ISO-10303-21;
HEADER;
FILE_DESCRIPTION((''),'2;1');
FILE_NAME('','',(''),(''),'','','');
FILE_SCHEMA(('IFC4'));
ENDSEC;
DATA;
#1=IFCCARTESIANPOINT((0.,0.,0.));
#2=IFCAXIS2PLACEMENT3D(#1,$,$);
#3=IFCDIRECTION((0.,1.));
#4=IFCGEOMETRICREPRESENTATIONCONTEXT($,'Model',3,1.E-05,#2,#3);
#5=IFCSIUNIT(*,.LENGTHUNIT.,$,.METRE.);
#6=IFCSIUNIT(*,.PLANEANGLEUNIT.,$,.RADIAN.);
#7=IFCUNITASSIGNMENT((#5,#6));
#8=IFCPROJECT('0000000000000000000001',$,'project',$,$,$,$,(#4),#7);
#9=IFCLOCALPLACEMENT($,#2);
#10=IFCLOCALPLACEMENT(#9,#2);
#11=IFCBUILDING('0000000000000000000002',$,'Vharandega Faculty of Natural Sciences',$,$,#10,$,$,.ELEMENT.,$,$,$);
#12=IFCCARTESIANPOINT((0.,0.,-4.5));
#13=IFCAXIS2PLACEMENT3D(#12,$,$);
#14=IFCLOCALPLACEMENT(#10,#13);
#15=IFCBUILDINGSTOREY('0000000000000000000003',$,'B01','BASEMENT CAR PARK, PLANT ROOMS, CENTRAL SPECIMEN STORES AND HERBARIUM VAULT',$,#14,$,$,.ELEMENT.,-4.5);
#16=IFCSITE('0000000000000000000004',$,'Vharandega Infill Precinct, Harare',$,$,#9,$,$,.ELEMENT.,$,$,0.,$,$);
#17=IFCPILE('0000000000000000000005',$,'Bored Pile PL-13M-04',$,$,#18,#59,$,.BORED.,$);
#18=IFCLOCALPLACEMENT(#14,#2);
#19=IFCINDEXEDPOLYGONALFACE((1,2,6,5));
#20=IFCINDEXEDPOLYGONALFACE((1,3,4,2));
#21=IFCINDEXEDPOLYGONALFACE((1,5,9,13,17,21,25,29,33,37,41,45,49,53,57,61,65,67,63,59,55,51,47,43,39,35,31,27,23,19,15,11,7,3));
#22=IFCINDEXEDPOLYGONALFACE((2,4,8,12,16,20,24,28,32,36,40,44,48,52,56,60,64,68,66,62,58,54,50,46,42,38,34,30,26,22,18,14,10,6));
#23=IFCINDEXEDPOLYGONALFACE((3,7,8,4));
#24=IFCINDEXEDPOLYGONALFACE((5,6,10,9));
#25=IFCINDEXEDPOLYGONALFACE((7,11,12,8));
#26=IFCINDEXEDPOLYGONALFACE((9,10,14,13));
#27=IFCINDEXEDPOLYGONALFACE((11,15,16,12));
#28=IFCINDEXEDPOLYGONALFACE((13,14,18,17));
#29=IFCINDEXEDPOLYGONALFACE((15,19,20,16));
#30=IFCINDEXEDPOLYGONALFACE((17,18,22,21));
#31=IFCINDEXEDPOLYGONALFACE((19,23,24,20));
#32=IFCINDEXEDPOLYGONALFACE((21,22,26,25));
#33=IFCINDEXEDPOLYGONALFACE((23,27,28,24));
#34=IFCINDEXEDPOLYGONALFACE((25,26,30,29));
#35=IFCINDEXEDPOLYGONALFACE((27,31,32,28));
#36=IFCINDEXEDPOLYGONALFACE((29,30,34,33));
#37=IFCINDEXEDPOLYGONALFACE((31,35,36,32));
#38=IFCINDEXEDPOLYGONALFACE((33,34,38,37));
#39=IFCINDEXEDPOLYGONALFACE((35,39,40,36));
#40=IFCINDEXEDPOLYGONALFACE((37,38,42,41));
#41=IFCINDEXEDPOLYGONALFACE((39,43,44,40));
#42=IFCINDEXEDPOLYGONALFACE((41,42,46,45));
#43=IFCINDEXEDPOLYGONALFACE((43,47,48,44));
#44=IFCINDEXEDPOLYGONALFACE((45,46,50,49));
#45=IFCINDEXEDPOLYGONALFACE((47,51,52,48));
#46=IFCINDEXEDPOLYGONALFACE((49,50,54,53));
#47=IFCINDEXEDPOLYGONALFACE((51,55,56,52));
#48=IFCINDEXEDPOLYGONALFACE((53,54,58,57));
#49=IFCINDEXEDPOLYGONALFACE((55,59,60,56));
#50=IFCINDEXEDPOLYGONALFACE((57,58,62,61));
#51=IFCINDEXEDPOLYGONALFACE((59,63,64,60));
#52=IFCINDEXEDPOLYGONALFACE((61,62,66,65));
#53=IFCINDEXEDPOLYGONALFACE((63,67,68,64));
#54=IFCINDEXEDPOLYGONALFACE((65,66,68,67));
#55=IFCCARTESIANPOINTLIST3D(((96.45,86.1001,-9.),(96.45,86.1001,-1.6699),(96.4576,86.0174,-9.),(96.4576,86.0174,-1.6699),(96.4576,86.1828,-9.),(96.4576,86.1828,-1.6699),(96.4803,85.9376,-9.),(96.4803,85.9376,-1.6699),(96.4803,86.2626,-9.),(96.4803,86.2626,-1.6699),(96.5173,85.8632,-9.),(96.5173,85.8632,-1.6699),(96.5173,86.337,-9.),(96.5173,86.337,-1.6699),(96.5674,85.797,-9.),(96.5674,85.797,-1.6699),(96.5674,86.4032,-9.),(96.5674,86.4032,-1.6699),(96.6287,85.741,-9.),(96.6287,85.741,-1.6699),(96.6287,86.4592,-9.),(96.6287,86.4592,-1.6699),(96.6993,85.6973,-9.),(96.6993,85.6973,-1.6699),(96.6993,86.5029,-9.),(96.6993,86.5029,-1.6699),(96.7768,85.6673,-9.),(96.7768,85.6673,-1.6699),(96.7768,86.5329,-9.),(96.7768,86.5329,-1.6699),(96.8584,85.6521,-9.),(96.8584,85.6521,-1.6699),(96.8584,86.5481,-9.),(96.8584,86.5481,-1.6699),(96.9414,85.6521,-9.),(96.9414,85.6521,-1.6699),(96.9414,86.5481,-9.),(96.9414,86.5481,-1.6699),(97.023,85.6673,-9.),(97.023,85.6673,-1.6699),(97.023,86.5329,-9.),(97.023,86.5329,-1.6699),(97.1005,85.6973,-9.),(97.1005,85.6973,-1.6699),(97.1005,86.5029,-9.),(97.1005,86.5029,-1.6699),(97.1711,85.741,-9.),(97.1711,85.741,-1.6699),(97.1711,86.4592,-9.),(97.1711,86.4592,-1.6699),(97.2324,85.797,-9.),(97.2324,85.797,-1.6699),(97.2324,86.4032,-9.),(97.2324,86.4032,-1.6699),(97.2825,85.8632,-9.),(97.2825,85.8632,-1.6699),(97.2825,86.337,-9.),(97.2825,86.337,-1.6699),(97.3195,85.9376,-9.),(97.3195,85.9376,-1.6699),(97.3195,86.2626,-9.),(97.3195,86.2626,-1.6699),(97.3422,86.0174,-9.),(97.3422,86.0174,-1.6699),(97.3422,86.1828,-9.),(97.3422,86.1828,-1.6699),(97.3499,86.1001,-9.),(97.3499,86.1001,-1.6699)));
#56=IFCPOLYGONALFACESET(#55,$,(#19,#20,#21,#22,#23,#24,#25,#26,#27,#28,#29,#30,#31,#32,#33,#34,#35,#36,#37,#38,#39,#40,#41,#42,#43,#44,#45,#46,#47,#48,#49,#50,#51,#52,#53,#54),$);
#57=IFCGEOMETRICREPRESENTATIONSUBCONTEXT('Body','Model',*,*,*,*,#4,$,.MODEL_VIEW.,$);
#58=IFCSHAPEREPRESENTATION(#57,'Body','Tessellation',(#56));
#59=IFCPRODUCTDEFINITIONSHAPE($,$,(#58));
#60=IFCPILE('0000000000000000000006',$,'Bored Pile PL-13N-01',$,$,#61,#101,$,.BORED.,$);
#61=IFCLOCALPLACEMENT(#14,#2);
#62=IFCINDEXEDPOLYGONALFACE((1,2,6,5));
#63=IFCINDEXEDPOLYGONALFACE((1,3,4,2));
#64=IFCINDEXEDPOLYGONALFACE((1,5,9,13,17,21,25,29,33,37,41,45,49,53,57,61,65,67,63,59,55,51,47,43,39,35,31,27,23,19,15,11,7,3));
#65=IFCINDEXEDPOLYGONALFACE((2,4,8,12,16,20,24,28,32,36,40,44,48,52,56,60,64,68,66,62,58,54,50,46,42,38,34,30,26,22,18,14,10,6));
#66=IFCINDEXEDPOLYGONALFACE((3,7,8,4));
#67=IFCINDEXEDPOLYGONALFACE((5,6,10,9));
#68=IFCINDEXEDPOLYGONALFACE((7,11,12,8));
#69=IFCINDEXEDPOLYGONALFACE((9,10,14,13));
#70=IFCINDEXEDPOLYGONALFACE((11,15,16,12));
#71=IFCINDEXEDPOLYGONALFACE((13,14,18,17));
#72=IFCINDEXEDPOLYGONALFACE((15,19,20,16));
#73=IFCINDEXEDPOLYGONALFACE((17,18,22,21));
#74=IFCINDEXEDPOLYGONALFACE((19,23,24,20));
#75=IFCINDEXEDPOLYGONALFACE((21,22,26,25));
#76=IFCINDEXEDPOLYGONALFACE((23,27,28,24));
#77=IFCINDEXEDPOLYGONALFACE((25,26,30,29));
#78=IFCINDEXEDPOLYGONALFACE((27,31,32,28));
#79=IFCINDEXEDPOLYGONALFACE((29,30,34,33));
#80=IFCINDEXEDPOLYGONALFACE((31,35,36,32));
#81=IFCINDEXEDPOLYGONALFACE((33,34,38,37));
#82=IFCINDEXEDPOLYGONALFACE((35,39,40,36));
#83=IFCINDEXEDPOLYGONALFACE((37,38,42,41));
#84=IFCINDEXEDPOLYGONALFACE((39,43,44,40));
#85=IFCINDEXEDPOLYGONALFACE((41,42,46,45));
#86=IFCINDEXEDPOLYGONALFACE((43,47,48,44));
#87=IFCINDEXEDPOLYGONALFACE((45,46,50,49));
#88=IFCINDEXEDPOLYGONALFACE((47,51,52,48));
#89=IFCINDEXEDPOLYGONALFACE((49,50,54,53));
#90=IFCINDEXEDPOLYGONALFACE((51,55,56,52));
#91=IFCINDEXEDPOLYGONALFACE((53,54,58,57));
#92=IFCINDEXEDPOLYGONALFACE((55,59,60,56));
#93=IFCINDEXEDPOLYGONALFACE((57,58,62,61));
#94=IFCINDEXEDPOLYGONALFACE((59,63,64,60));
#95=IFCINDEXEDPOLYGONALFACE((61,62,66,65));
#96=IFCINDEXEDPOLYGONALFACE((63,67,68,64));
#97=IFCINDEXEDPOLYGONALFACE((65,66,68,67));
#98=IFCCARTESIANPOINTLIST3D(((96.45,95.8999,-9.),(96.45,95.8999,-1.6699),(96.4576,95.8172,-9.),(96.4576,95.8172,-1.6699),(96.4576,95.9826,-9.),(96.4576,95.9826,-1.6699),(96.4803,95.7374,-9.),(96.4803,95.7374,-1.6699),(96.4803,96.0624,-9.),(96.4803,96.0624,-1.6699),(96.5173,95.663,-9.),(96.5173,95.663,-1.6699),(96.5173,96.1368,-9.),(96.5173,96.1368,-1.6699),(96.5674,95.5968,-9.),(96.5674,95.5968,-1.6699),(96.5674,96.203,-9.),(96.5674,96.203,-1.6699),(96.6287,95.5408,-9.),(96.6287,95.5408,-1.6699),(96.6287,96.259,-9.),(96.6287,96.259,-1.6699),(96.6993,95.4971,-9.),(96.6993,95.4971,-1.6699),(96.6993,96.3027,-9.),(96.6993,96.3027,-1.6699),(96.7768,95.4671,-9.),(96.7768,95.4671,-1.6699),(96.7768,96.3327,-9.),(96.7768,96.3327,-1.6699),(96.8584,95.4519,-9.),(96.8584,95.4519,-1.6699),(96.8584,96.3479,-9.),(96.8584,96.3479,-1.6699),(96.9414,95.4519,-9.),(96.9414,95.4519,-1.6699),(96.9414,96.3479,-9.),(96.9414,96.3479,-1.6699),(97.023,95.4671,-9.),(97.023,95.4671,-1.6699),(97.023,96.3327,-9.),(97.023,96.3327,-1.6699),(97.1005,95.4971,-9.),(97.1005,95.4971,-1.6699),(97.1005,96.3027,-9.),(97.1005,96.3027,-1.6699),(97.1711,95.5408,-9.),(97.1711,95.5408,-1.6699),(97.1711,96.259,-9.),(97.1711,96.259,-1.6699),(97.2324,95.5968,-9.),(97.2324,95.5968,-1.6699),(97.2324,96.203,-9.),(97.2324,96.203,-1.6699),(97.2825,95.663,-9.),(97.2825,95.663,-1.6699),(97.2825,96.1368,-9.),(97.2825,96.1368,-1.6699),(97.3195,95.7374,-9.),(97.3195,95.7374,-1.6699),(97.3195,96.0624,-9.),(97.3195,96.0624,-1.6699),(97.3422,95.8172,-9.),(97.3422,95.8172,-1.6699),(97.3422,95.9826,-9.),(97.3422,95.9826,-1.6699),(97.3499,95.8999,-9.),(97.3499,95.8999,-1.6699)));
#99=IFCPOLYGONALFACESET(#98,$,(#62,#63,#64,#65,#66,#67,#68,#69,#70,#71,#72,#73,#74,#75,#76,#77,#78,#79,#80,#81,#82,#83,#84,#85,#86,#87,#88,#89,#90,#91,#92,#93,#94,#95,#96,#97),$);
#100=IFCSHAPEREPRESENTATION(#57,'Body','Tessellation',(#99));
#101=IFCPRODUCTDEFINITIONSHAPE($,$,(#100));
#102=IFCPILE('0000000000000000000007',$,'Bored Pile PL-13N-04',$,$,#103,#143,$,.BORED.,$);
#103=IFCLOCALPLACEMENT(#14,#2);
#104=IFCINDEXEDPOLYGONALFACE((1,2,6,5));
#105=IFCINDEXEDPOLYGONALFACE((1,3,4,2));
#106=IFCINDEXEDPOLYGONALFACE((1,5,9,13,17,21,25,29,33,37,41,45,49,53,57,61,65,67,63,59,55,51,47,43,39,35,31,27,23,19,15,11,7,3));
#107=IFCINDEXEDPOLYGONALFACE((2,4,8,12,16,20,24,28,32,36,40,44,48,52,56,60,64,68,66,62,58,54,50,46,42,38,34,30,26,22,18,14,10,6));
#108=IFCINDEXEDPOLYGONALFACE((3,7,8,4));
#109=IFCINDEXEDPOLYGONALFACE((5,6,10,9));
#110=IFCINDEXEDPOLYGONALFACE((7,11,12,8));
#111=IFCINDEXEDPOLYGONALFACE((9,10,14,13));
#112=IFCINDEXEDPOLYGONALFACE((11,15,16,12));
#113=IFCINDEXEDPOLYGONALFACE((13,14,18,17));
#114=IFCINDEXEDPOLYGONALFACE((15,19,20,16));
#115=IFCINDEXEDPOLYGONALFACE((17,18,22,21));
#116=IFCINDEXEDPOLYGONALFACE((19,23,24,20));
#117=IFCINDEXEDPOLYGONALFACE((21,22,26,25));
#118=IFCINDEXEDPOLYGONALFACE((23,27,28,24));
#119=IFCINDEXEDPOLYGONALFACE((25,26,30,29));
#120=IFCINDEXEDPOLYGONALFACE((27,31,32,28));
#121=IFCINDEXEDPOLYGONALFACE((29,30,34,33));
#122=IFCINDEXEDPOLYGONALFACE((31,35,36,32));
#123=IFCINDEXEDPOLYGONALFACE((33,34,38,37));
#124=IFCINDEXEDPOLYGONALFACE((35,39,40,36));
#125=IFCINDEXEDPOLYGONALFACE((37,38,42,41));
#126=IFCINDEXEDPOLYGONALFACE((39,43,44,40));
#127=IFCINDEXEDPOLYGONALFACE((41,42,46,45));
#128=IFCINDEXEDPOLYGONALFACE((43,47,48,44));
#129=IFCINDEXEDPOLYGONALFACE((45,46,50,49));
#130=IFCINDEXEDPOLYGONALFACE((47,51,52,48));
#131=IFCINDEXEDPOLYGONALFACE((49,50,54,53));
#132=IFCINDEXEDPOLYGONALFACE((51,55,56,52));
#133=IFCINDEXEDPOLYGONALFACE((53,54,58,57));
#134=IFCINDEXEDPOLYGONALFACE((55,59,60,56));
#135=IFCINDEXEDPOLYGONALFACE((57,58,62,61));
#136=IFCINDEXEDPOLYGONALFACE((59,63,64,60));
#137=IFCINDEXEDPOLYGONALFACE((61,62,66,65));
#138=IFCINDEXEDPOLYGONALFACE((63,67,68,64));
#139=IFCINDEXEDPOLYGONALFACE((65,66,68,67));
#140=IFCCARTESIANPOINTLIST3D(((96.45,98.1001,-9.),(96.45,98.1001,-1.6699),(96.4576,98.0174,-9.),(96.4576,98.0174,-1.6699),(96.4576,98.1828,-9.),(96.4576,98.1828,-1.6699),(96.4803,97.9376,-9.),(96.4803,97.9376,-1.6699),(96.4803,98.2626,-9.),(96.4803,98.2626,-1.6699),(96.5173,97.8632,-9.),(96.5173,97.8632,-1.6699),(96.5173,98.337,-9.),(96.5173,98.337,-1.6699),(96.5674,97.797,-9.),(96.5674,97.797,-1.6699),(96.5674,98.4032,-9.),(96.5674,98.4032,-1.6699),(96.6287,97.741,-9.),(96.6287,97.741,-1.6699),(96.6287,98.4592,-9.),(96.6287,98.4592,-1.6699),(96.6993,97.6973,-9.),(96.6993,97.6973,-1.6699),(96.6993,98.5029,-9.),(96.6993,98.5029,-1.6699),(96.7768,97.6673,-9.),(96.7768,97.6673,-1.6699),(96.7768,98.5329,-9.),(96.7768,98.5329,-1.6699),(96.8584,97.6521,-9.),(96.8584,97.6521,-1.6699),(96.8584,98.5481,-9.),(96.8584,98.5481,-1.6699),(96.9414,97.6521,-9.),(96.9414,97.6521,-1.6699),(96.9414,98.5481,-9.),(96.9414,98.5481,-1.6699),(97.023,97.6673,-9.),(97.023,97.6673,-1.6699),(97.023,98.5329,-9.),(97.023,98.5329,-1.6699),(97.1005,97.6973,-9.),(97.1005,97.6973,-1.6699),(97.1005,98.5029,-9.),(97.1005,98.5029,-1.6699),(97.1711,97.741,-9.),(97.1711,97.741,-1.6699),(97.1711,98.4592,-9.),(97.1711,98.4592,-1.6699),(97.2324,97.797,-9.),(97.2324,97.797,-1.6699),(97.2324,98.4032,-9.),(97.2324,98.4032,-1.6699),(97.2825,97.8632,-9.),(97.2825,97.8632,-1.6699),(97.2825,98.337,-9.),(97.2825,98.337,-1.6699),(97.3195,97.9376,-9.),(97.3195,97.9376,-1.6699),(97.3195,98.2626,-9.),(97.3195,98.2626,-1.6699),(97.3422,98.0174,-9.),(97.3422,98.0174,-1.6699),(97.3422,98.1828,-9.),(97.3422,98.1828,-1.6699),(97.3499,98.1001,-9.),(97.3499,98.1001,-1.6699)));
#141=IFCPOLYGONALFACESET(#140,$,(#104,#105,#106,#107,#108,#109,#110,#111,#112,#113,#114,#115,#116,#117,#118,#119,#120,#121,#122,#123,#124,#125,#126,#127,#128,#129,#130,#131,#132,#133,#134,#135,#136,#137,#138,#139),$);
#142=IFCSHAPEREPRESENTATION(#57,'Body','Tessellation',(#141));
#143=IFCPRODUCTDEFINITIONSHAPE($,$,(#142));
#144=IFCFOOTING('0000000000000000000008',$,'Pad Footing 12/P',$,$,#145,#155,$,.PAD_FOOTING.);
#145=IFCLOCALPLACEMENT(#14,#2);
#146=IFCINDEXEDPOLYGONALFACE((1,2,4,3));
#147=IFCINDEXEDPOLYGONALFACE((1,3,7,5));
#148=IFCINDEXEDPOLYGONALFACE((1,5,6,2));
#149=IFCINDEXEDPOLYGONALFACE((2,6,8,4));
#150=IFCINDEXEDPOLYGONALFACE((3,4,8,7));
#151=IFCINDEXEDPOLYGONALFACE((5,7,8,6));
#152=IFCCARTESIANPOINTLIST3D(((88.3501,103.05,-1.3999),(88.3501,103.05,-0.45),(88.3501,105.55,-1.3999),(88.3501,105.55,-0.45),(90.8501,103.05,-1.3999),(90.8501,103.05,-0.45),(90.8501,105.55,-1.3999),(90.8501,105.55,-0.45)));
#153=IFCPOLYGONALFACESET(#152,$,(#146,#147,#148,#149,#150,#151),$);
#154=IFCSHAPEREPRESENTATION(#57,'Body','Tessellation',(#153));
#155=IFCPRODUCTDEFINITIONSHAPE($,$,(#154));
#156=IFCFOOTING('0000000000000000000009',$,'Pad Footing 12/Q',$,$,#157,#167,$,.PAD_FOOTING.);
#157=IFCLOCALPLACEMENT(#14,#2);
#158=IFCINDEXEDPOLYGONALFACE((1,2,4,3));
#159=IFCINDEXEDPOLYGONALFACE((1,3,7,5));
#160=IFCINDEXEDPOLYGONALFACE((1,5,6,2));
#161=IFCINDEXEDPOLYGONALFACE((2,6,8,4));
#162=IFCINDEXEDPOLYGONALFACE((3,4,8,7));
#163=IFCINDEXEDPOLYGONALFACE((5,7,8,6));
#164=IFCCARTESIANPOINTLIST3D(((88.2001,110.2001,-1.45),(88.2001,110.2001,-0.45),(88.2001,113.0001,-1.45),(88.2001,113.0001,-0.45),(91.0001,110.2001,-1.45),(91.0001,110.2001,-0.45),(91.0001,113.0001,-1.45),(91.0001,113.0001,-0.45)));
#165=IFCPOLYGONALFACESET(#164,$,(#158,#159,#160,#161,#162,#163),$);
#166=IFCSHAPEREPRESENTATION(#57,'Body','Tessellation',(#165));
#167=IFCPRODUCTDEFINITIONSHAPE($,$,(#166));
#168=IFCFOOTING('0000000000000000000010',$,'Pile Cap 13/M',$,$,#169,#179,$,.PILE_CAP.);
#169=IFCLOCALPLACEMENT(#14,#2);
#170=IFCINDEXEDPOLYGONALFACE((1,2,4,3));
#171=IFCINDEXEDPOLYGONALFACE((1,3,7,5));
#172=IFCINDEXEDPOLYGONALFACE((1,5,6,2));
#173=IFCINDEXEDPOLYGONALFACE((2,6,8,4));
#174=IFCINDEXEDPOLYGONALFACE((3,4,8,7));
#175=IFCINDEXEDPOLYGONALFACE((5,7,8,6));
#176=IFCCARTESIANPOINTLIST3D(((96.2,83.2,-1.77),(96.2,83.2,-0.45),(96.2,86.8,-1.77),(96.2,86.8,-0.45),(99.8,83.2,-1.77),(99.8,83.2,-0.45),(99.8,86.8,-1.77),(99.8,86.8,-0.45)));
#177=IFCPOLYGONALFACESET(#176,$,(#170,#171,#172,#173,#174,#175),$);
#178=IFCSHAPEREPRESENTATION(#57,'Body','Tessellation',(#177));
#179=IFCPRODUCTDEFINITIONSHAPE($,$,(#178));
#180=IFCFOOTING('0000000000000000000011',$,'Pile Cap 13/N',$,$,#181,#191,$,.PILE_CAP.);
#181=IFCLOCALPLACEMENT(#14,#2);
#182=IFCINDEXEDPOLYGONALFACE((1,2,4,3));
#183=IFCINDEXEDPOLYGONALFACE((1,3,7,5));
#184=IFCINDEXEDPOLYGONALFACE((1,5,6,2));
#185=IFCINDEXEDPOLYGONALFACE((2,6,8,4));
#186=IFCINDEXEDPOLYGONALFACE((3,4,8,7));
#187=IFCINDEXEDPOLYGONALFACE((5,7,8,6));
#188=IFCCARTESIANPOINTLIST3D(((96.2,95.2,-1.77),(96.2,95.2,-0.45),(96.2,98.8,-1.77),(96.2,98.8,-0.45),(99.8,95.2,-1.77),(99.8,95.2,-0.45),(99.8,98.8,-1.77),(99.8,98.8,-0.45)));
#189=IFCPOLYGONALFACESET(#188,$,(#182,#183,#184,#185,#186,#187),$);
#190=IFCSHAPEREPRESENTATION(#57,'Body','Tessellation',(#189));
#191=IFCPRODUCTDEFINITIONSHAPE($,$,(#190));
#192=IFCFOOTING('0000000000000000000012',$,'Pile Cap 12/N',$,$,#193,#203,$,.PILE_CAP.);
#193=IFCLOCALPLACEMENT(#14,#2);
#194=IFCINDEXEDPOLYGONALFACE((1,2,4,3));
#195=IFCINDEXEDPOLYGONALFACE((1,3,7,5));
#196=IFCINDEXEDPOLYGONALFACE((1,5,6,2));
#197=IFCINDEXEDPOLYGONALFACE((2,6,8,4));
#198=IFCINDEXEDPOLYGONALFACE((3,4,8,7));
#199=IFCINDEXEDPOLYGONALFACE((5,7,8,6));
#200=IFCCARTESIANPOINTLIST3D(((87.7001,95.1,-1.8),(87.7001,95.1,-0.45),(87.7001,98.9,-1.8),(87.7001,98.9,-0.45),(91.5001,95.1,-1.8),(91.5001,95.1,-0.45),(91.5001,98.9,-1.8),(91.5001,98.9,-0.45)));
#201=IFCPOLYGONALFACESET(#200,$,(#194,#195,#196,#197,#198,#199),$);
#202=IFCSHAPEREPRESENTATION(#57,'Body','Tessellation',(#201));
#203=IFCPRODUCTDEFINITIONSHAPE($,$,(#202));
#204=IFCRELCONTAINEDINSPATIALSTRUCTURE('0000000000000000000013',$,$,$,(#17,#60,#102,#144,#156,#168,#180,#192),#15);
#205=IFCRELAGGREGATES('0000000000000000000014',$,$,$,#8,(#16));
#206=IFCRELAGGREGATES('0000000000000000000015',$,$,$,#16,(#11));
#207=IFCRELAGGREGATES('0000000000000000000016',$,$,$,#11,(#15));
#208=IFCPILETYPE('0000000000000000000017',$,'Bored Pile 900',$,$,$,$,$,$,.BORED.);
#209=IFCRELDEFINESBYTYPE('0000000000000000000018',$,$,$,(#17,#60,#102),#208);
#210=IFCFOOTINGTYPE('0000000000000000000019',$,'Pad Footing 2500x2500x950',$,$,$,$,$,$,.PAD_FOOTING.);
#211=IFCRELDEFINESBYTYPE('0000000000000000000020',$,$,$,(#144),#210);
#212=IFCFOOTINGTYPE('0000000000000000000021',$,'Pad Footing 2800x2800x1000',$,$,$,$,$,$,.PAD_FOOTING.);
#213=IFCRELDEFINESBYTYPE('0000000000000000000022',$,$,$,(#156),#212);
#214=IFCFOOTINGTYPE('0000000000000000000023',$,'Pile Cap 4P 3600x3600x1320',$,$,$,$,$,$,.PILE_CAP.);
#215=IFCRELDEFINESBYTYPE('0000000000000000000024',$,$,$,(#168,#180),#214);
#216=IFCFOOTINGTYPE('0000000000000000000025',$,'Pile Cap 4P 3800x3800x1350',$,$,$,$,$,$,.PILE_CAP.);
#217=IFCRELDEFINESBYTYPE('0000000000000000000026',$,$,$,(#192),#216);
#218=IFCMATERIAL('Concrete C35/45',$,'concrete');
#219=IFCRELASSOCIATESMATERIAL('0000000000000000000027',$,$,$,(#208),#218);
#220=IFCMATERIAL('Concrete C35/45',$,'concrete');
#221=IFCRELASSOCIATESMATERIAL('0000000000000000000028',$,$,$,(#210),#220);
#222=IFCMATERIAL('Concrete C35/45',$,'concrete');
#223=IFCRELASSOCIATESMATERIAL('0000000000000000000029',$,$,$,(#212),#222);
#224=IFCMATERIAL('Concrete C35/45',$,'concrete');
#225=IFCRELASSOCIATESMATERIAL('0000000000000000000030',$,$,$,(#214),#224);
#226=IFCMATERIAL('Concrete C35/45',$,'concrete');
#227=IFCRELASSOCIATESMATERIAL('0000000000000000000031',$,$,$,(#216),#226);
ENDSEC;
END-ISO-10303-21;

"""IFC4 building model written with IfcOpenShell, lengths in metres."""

from ifc_helpers import new_model, si_unit, direction, frame, origin, origin_2d, place, context, subcontext, project, spatial, rectangle, circle, extrude, material, material_profile, profile_set, type_object, element, save


model = new_model("IFC4")

# Units and contexts
model_context = context("Model", 3, precision=1e-05, world=origin(), true_north=direction((0.0, 1.0)))
body_context = subcontext(model_context, "Body", "Model", "MODEL_VIEW")
ifc_project = project(units=[si_unit("LENGTHUNIT", "METRE"), si_unit("PLANEANGLEUNIT", "RADIAN")], contexts=[model_context])

# Site, building, storey
site_placement = place(None, origin())
site = spatial("IfcSite", under=ifc_project, at=site_placement, Name="Vharandega Infill Precinct, Harare", CompositionType="ELEMENT", RefElevation=0.0)
building_placement = place(site_placement, origin())
building = spatial("IfcBuilding", under=site, at=building_placement, Name="Vharandega Faculty of Natural Sciences", CompositionType="ELEMENT")
storey_placement = place(building_placement, frame((0.0, 0.0, -4.5)))
storey = spatial("IfcBuildingStorey", under=building, at=storey_placement, Name="B01", Description="BASEMENT CAR PARK, PLANT ROOMS, CENTRAL SPECIMEN STORES AND HERBARIUM VAULT", CompositionType="ELEMENT", Elevation=-4.5)

# Piles
ifc_material_1 = material(Name="Concrete C35/45", Category="concrete")
ifc_material_profile_1 = material_profile(ifc_material_1, circle(Radius=0.45, at=origin_2d()), Name="PILE 900")
ifc_profile_set_1 = profile_set([ifc_material_profile_1], Name="Concrete C35/45")
pile_type = type_object("IfcPileType", Name="Bored Pile 900", PredefinedType="BORED", material=ifc_profile_set_1)
for number, where, z_axis, x_axis, name in (
    (1, (96.8999, 86.1001, -1.6699), (0.0, 0.0, -1.0), (1.0, 0.0, 0.0), "Bored Pile PL-13M-04"),
    (2, (96.8999, 95.8999, -1.6699), (0.0, 0.0, -1.0), (1.0, 0.0, 0.0), "Bored Pile PL-13N-01"),
    (3, (96.8999, 98.1001, -1.6699), (0.0, 0.0, -1.0), (1.0, 0.0, 0.0), "Bored Pile PL-13N-04"),
):
    element("IfcPile", number, at=place(storey_placement, frame(where, z_axis=z_axis, x_axis=x_axis)), inside=storey, type_object=pile_type, Name=name, PredefinedType="BORED", context=body_context, shape_type="SweptSolid", body=[
        extrude(circle(Radius=0.45, at=origin_2d()), origin(), (0.0, 0.0, 1.0), 7.3301),
    ])

# Footings
ifc_material_2 = material(Name="Concrete C35/45", Category="concrete")
footing_type_1 = type_object("IfcFootingType", Name="Pad Footing 2500x2500x950", PredefinedType="PAD_FOOTING", material=ifc_material_2)
footing_1_placement = place(storey_placement, frame((89.6001, 104.3, -1.3999), z_axis=(0.0, 0.0, 1.0), x_axis=(1.0, 0.0, 0.0)))
element("IfcFooting", 4, at=footing_1_placement, inside=storey, type_object=footing_type_1, Name="Pad Footing 12/P", PredefinedType="PAD_FOOTING", context=body_context, shape_type="SweptSolid", body=[
    extrude(rectangle(XDim=2.5, YDim=2.5, at=origin_2d()), origin(), (0.0, 0.0, 1.0), 0.95),
])
ifc_material_3 = material(Name="Concrete C35/45", Category="concrete")
footing_type_2 = type_object("IfcFootingType", Name="Pad Footing 2800x2800x1000", PredefinedType="PAD_FOOTING", material=ifc_material_3)
footing_2_placement = place(storey_placement, frame((89.6001, 111.6001, -1.45), z_axis=(0.0, 0.0, 1.0), x_axis=(1.0, 0.0, 0.0)))
element("IfcFooting", 5, at=footing_2_placement, inside=storey, type_object=footing_type_2, Name="Pad Footing 12/Q", PredefinedType="PAD_FOOTING", context=body_context, shape_type="SweptSolid", body=[
    extrude(rectangle(XDim=2.8, YDim=2.8, at=origin_2d()), origin(), (0.0, 0.0, 1.0), 1.0),
])
ifc_material_4 = material(Name="Concrete C35/45", Category="concrete")
footing_type_3 = type_object("IfcFootingType", Name="Pile Cap 4P 3600x3600x1320", PredefinedType="PILE_CAP", material=ifc_material_4)
for number, where, z_axis, x_axis, name in (
    (6, (98.0, 85.0, -1.77), (0.0, 0.0, 1.0), (1.0, 0.0, 0.0), "Pile Cap 13/M"),
    (7, (98.0, 97.0, -1.77), (0.0, 0.0, 1.0), (1.0, 0.0, 0.0), "Pile Cap 13/N"),
):
    element("IfcFooting", number, at=place(storey_placement, frame(where, z_axis=z_axis, x_axis=x_axis)), inside=storey, type_object=footing_type_3, Name=name, PredefinedType="PILE_CAP", context=body_context, shape_type="SweptSolid", body=[
        extrude(rectangle(XDim=3.6001, YDim=3.6001, at=origin_2d()), origin(), (0.0, 0.0, 1.0), 1.3201),
    ])
ifc_material_5 = material(Name="Concrete C35/45", Category="concrete")
footing_type_4 = type_object("IfcFootingType", Name="Pile Cap 4P 3800x3800x1350", PredefinedType="PILE_CAP", material=ifc_material_5)
footing_3_placement = place(storey_placement, frame((89.6001, 97.0, -1.8), z_axis=(0.0, 0.0, 1.0), x_axis=(1.0, 0.0, 0.0)))
element("IfcFooting", 8, at=footing_3_placement, inside=storey, type_object=footing_type_4, Name="Pile Cap 12/N", PredefinedType="PILE_CAP", context=body_context, shape_type="SweptSolid", body=[
    extrude(rectangle(XDim=3.8, YDim=3.8, at=origin_2d()), origin(), (0.0, 0.0, 1.0), 1.3501),
])

save(model, "model.ifc")
